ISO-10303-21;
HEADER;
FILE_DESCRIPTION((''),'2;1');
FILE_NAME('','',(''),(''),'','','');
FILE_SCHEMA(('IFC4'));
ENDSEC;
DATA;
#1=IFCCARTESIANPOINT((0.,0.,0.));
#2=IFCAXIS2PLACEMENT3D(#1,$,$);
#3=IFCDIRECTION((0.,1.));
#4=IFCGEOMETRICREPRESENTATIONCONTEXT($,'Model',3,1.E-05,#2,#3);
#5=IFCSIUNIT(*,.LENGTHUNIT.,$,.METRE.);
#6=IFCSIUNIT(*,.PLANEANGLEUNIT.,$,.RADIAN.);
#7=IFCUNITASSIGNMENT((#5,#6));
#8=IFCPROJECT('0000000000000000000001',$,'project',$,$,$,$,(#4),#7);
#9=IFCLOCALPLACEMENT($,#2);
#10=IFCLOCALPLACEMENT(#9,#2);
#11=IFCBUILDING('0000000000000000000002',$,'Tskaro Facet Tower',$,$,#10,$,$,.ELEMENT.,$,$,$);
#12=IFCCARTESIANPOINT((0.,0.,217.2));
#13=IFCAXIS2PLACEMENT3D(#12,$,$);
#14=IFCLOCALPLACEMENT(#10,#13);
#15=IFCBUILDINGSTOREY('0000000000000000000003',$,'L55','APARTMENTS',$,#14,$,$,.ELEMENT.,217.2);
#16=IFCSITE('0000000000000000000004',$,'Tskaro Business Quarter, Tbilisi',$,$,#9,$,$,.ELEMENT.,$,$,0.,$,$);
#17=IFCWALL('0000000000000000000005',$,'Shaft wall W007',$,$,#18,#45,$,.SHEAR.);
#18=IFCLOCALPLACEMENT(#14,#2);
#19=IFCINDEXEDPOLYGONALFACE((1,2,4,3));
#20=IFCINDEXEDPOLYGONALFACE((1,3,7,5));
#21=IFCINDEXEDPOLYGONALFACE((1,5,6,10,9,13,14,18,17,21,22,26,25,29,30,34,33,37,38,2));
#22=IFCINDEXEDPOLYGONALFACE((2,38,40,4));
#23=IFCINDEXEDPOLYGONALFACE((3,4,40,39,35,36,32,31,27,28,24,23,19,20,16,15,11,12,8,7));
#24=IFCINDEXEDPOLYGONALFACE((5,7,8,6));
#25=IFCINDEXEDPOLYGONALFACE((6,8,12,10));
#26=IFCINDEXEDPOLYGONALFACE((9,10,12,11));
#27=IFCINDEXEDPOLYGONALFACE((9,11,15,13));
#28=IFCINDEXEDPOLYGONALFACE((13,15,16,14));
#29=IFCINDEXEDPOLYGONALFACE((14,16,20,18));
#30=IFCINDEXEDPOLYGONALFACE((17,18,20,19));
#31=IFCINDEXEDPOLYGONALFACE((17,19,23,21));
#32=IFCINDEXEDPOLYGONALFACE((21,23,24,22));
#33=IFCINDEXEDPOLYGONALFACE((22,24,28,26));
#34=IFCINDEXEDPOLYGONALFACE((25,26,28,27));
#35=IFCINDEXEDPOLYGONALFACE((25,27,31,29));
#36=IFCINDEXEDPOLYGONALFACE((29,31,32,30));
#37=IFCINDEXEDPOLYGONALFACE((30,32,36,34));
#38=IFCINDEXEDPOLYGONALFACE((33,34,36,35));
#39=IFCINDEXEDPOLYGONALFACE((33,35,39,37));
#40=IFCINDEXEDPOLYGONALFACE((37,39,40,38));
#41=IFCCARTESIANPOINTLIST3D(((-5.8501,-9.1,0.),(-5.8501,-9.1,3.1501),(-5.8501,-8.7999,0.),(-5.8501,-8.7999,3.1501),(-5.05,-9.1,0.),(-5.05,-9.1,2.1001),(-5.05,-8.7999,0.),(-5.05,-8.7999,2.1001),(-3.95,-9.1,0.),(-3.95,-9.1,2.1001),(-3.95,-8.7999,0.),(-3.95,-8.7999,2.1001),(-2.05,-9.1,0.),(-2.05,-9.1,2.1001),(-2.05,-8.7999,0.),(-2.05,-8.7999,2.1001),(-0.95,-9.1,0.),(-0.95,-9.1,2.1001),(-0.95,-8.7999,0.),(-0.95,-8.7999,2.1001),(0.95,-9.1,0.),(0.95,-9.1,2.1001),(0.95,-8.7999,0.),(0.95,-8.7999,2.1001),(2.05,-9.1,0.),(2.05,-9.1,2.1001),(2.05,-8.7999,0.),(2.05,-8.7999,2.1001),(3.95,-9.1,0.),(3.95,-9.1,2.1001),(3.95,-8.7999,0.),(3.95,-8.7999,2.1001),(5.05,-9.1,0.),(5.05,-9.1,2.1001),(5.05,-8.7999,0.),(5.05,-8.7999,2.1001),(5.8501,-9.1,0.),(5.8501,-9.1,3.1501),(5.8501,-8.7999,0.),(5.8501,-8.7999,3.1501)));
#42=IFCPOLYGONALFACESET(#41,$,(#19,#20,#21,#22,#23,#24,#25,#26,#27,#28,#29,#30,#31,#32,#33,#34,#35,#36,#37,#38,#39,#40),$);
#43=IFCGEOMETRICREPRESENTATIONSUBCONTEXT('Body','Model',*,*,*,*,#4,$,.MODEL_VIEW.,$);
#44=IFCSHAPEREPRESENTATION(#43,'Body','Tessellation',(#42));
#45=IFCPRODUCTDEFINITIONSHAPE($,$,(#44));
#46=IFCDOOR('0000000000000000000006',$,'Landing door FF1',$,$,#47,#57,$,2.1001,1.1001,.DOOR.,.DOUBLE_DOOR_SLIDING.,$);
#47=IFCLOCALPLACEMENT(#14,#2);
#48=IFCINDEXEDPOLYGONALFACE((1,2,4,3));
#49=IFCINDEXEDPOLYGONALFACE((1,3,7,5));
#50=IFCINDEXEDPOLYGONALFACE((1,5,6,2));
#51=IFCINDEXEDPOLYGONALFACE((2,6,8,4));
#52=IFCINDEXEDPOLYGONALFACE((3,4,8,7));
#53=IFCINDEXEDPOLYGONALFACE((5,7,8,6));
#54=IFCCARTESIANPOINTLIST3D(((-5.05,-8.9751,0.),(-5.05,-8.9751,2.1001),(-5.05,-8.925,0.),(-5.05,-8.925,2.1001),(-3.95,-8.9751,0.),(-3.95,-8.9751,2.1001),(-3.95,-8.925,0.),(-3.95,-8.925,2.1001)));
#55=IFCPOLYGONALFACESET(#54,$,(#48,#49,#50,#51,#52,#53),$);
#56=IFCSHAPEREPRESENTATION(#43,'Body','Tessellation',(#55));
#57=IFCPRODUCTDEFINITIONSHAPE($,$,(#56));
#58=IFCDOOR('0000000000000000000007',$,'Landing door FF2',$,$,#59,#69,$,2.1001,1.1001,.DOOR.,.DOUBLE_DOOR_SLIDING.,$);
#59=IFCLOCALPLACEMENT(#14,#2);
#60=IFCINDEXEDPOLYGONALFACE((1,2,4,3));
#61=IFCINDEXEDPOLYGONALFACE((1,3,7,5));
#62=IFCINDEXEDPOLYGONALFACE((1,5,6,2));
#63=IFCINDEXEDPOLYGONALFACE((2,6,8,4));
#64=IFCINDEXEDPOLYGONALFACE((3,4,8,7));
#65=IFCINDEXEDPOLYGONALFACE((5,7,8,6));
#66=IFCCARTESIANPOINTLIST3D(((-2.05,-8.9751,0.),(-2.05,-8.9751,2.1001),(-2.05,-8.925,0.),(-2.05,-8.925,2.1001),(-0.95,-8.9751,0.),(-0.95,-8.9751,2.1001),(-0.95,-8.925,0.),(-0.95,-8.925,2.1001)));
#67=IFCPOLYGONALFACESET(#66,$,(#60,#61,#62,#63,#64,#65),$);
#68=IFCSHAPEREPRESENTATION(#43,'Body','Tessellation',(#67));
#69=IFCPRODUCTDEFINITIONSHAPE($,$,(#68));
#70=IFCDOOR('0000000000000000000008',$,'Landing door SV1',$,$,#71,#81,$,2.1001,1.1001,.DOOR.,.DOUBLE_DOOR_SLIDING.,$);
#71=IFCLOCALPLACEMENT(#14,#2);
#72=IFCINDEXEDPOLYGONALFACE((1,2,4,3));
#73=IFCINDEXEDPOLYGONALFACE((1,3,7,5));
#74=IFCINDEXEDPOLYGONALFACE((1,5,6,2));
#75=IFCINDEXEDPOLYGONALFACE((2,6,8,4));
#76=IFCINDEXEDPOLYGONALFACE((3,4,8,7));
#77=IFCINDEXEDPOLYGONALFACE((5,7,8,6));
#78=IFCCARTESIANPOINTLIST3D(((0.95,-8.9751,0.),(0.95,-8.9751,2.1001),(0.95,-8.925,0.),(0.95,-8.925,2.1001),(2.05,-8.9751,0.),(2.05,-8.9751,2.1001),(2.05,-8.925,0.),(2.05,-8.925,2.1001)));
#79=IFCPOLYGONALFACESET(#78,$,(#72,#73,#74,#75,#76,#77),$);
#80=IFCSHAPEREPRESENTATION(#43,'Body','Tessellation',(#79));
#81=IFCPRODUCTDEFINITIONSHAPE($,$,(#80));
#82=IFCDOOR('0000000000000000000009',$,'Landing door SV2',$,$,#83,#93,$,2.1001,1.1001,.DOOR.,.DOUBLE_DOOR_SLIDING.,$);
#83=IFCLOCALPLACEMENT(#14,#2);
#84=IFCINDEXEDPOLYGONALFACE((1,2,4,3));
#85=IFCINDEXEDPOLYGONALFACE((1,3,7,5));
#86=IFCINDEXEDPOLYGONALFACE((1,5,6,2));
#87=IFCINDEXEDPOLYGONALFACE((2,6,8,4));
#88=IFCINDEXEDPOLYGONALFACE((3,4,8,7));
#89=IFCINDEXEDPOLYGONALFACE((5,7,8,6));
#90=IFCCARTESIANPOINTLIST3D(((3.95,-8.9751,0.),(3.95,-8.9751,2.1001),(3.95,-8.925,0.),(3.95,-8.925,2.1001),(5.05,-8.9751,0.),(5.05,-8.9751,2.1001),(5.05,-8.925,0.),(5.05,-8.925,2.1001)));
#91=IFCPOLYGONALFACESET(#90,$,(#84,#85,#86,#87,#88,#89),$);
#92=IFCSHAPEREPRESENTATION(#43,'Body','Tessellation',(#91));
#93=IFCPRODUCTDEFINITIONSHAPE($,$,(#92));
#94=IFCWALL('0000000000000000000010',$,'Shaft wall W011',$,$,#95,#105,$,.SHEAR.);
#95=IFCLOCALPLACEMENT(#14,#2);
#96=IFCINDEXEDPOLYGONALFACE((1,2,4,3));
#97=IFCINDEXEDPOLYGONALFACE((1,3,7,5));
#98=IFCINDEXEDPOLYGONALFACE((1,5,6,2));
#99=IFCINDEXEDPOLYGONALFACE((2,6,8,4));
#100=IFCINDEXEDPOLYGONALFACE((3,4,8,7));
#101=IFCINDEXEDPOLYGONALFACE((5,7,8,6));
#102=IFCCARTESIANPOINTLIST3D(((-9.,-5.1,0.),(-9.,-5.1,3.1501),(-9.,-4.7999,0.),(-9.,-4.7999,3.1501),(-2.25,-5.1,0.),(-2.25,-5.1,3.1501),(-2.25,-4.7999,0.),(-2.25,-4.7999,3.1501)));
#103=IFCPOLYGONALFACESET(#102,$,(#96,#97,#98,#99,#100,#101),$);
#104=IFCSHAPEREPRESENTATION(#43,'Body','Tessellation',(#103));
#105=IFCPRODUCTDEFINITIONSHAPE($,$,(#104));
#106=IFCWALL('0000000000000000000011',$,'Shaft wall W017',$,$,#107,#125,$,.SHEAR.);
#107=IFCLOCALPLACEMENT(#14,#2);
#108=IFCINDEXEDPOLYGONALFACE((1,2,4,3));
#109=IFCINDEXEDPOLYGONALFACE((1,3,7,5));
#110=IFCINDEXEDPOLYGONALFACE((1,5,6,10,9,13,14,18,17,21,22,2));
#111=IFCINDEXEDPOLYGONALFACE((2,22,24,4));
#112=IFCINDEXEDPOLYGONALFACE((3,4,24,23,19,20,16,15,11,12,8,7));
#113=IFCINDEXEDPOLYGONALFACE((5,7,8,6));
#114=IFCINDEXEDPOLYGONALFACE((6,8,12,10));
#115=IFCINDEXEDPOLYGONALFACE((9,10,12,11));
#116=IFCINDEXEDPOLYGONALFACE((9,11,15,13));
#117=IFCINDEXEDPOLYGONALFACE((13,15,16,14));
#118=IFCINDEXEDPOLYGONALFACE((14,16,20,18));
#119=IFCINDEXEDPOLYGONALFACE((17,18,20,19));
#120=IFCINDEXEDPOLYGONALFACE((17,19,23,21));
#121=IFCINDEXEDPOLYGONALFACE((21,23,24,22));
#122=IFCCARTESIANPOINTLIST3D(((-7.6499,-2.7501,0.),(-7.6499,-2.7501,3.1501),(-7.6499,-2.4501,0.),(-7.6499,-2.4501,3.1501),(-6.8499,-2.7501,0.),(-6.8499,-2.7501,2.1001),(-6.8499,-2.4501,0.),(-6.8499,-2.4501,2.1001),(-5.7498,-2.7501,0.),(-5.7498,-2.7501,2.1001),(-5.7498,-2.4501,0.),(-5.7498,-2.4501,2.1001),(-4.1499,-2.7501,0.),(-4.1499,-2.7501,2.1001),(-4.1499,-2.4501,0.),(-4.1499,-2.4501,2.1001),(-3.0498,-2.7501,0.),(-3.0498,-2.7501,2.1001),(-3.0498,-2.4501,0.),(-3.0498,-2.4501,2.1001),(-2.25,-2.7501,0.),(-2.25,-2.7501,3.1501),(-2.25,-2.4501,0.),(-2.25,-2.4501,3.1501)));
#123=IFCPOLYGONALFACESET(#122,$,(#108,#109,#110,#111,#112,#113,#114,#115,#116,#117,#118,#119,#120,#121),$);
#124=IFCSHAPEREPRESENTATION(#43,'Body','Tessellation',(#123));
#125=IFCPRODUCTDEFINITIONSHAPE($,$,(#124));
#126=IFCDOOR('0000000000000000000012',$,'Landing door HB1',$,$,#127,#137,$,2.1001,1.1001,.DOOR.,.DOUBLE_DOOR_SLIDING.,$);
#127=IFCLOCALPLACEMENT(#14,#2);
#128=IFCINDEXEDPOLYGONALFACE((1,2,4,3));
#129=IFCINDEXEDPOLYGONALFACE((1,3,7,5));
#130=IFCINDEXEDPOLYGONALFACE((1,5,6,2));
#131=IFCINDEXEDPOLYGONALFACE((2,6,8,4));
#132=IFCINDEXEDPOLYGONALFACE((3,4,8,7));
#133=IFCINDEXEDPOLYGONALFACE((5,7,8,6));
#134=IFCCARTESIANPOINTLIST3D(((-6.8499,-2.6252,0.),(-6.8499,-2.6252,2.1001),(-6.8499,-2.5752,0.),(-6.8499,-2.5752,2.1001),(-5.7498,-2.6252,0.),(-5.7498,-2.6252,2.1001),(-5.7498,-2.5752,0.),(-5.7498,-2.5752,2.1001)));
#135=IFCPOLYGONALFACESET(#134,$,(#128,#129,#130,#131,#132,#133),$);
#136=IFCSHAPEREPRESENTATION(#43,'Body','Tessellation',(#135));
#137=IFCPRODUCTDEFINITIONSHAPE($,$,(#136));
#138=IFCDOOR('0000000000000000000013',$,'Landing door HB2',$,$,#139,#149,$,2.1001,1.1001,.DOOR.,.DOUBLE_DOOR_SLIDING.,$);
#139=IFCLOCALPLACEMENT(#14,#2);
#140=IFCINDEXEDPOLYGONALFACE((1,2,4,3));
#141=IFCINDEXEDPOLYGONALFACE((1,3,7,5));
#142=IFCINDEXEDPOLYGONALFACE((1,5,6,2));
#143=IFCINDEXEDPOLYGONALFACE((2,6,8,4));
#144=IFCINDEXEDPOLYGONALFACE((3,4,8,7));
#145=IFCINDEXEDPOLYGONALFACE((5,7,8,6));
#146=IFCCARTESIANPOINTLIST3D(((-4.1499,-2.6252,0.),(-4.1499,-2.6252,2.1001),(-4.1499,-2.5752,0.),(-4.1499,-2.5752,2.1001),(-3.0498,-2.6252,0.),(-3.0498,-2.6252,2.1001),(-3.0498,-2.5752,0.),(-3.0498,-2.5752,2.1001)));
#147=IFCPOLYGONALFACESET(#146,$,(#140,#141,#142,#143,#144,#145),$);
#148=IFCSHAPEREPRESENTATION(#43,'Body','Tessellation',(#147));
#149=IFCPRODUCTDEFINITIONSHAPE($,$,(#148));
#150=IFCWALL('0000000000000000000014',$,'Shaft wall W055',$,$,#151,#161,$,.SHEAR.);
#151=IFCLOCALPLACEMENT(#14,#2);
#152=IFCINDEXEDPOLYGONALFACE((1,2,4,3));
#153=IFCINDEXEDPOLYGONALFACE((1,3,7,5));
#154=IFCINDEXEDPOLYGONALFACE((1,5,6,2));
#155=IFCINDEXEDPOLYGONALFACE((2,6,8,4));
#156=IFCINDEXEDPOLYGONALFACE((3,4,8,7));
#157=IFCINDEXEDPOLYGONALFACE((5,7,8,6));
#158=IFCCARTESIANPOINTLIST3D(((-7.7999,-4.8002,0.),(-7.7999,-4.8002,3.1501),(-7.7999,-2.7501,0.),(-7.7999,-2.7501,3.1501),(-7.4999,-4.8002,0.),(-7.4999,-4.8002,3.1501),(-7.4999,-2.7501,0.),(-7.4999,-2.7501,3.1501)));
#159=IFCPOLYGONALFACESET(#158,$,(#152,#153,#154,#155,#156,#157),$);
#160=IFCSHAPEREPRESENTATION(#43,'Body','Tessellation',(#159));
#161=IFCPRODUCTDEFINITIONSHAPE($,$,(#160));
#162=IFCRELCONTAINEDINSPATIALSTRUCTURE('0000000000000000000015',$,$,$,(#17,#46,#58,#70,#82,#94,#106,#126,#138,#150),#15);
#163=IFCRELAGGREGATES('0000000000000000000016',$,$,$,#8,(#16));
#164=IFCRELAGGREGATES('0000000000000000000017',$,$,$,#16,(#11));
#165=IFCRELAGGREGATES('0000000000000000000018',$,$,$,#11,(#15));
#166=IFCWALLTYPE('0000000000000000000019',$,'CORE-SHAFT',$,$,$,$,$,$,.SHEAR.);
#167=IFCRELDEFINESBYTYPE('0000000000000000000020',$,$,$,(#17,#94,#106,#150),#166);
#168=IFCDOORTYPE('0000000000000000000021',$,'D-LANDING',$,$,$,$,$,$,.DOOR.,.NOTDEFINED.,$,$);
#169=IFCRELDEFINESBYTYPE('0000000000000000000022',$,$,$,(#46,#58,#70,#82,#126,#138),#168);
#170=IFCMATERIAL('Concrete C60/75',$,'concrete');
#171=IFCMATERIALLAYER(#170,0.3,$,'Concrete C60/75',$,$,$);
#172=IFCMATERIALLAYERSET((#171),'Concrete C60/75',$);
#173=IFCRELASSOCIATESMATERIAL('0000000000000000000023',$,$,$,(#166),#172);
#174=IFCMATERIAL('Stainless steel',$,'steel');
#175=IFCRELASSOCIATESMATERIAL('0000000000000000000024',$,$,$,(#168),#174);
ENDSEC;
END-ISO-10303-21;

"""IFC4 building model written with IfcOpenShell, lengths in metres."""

from ifc_helpers import new_model, si_unit, direction, frame, frame_2d, origin, place, context, subcontext, project, spatial, rectangle, extrude, material, layer, layer_set, type_object, element, fill, save


model = new_model("IFC4")

# Units and contexts
model_context = context("Model", 3, precision=1e-05, world=origin(), true_north=direction((0.0, 1.0)))
body_context = subcontext(model_context, "Body", "Model", "MODEL_VIEW")
ifc_project = project(units=[si_unit("LENGTHUNIT", "METRE"), si_unit("PLANEANGLEUNIT", "RADIAN")], contexts=[model_context])

# Site, building, storey
site_placement = place(None, origin())
site = spatial("IfcSite", under=ifc_project, at=site_placement, Name="Tskaro Business Quarter, Tbilisi", CompositionType="ELEMENT", RefElevation=0.0)
building_placement = place(site_placement, origin())
building = spatial("IfcBuilding", under=site, at=building_placement, Name="Tskaro Facet Tower", CompositionType="ELEMENT")
storey_placement = place(building_placement, frame((0.0, 0.0, 217.2)))
storey = spatial("IfcBuildingStorey", under=building, at=storey_placement, Name="L55", Description="APARTMENTS", CompositionType="ELEMENT", Elevation=217.2)

# Wall, openings, doors
ifc_material_1 = material(Name="Concrete C60/75", Category="concrete")
ifc_layer_1 = layer(ifc_material_1, 0.3, Name="Concrete C60/75")
ifc_layer_set_1 = layer_set([ifc_layer_1], Name="Concrete C60/75")
wall_type_1 = type_object("IfcWallType", Name="CORE-SHAFT", PredefinedType="SHEAR", material=ifc_layer_set_1)
wall_1_placement = place(storey_placement, frame((-5.8501, -8.95, 0.0), z_axis=(0.0, 0.0, 1.0), x_axis=(1.0, 0.0, 0.0)))
wall_1 = element("IfcWall", 1, at=wall_1_placement, inside=storey, type_object=wall_type_1, Name="Shaft wall W007", PredefinedType="SHEAR", context=body_context, shape_type="SweptSolid", body=[
    extrude(rectangle(XDim=11.7002, YDim=0.3, at=frame_2d((5.8501, 0.0))), origin(), (0.0, 0.0, 1.0), 3.1501),
])
opening_1_placement = place(wall_1_placement, frame((0.8, 0.0, 0.0)))
opening_1 = element("IfcOpeningElement", 2, at=opening_1_placement, cuts=wall_1, PredefinedType="OPENING", context=body_context, shape_type="SweptSolid", body=[
    extrude(rectangle(XDim=1.1001, YDim=2.1001, at=frame_2d((0.55, 1.05))), frame((0.0, 0.1599, 0.0), z_axis=(0.0, -1.0, 0.0), x_axis=(1.0, 0.0, 0.0)), (0.0, 0.0, 1.0), 0.3201),
])
opening_2_placement = place(wall_1_placement, frame((3.8, 0.0, 0.0)))
opening_2 = element("IfcOpeningElement", 3, at=opening_2_placement, cuts=wall_1, PredefinedType="OPENING", context=body_context, shape_type="SweptSolid", body=[
    extrude(rectangle(XDim=1.1001, YDim=2.1001, at=frame_2d((0.55, 1.05))), frame((0.0, 0.1599, 0.0), z_axis=(0.0, -1.0, 0.0), x_axis=(1.0, 0.0, 0.0)), (0.0, 0.0, 1.0), 0.3201),
])
opening_3_placement = place(wall_1_placement, frame((6.8, 0.0, 0.0)))
opening_3 = element("IfcOpeningElement", 4, at=opening_3_placement, cuts=wall_1, PredefinedType="OPENING", context=body_context, shape_type="SweptSolid", body=[
    extrude(rectangle(XDim=1.1001, YDim=2.1001, at=frame_2d((0.55, 1.05))), frame((0.0, 0.1599, 0.0), z_axis=(0.0, -1.0, 0.0), x_axis=(1.0, 0.0, 0.0)), (0.0, 0.0, 1.0), 0.3201),
])
opening_4_placement = place(wall_1_placement, frame((9.8, 0.0, 0.0)))
opening_4 = element("IfcOpeningElement", 5, at=opening_4_placement, cuts=wall_1, PredefinedType="OPENING", context=body_context, shape_type="SweptSolid", body=[
    extrude(rectangle(XDim=1.1001, YDim=2.1001, at=frame_2d((0.55, 1.05))), frame((0.0, 0.1599, 0.0), z_axis=(0.0, -1.0, 0.0), x_axis=(1.0, 0.0, 0.0)), (0.0, 0.0, 1.0), 0.3201),
])
ifc_material_2 = material(Name="Stainless steel", Category="steel")
door_type_1 = type_object("IfcDoorType", Name="D-LANDING", OperationType="NOTDEFINED", PredefinedType="DOOR", material=ifc_material_2)
door_1_placement = place(opening_1_placement, origin())
door_1 = element("IfcDoor", 6, at=door_1_placement, inside=storey, type_object=door_type_1, Name="Landing door FF1", OperationType="DOUBLE_DOOR_SLIDING", OverallHeight=2.1001, OverallWidth=1.1001, PredefinedType="DOOR", context=body_context, shape_type="SweptSolid", body=[
    extrude(rectangle(XDim=1.1001, YDim=2.1001, at=frame_2d((0.55, 1.05))), frame((0.0, 0.0249, 0.0), z_axis=(0.0, -1.0, 0.0), x_axis=(1.0, 0.0, 0.0)), (0.0, 0.0, 1.0), 0.05),
])
fill(opening_1, door_1)
door_2_placement = place(opening_2_placement, origin())
door_2 = element("IfcDoor", 7, at=door_2_placement, inside=storey, type_object=door_type_1, Name="Landing door FF2", OperationType="DOUBLE_DOOR_SLIDING", OverallHeight=2.1001, OverallWidth=1.1001, PredefinedType="DOOR", context=body_context, shape_type="SweptSolid", body=[
    extrude(rectangle(XDim=1.1001, YDim=2.1001, at=frame_2d((0.55, 1.05))), frame((0.0, 0.0249, 0.0), z_axis=(0.0, -1.0, 0.0), x_axis=(1.0, 0.0, 0.0)), (0.0, 0.0, 1.0), 0.05),
])
fill(opening_2, door_2)
door_3_placement = place(opening_3_placement, origin())
door_3 = element("IfcDoor", 8, at=door_3_placement, inside=storey, type_object=door_type_1, Name="Landing door SV1", OperationType="DOUBLE_DOOR_SLIDING", OverallHeight=2.1001, OverallWidth=1.1001, PredefinedType="DOOR", context=body_context, shape_type="SweptSolid", body=[
    extrude(rectangle(XDim=1.1001, YDim=2.1001, at=frame_2d((0.55, 1.05))), frame((0.0, 0.0249, 0.0), z_axis=(0.0, -1.0, 0.0), x_axis=(1.0, 0.0, 0.0)), (0.0, 0.0, 1.0), 0.05),
])
fill(opening_3, door_3)
door_4_placement = place(opening_4_placement, origin())
door_4 = element("IfcDoor", 9, at=door_4_placement, inside=storey, type_object=door_type_1, Name="Landing door SV2", OperationType="DOUBLE_DOOR_SLIDING", OverallHeight=2.1001, OverallWidth=1.1001, PredefinedType="DOOR", context=body_context, shape_type="SweptSolid", body=[
    extrude(rectangle(XDim=1.1001, YDim=2.1001, at=frame_2d((0.55, 1.05))), frame((0.0, 0.0249, 0.0), z_axis=(0.0, -1.0, 0.0), x_axis=(1.0, 0.0, 0.0)), (0.0, 0.0, 1.0), 0.05),
])
fill(opening_4, door_4)

# Wall
wall_2_placement = place(storey_placement, frame((-9.0, -4.95, 0.0), z_axis=(0.0, 0.0, 1.0), x_axis=(1.0, 0.0, 0.0)))
element("IfcWall", 10, at=wall_2_placement, inside=storey, type_object=wall_type_1, Name="Shaft wall W011", PredefinedType="SHEAR", context=body_context, shape_type="SweptSolid", body=[
    extrude(rectangle(XDim=6.75, YDim=0.3, at=frame_2d((3.375, 0.0))), origin(), (0.0, 0.0, 1.0), 3.1501),
])

# Wall, openings, doors
wall_3_placement = place(storey_placement, frame((-7.6499, -2.6001, 0.0), z_axis=(0.0, 0.0, 1.0), x_axis=(1.0, 0.0, 0.0)))
wall_3 = element("IfcWall", 11, at=wall_3_placement, inside=storey, type_object=wall_type_1, Name="Shaft wall W017", PredefinedType="SHEAR", context=body_context, shape_type="SweptSolid", body=[
    extrude(rectangle(XDim=5.3999, YDim=0.3, at=frame_2d((2.7, 0.0))), origin(), (0.0, 0.0, 1.0), 3.1501),
])
opening_5_placement = place(wall_3_placement, frame((0.8, 0.0, 0.0)))
opening_5 = element("IfcOpeningElement", 12, at=opening_5_placement, cuts=wall_3, PredefinedType="OPENING", context=body_context, shape_type="SweptSolid", body=[
    extrude(rectangle(XDim=1.1001, YDim=2.1001, at=frame_2d((0.55, 1.05))), frame((0.0, 0.1599, 0.0), z_axis=(0.0, -1.0, 0.0), x_axis=(1.0, 0.0, 0.0)), (0.0, 0.0, 1.0), 0.3201),
])
opening_6_placement = place(wall_3_placement, frame((3.5, 0.0, 0.0)))
opening_6 = element("IfcOpeningElement", 13, at=opening_6_placement, cuts=wall_3, PredefinedType="OPENING", context=body_context, shape_type="SweptSolid", body=[
    extrude(rectangle(XDim=1.1001, YDim=2.1001, at=frame_2d((0.55, 1.05))), frame((0.0, 0.1599, 0.0), z_axis=(0.0, -1.0, 0.0), x_axis=(1.0, 0.0, 0.0)), (0.0, 0.0, 1.0), 0.3201),
])
door_5_placement = place(opening_5_placement, origin())
door_5 = element("IfcDoor", 14, at=door_5_placement, inside=storey, type_object=door_type_1, Name="Landing door HB1", OperationType="DOUBLE_DOOR_SLIDING", OverallHeight=2.1001, OverallWidth=1.1001, PredefinedType="DOOR", context=body_context, shape_type="SweptSolid", body=[
    extrude(rectangle(XDim=1.1001, YDim=2.1001, at=frame_2d((0.55, 1.05))), frame((0.0, 0.0249, 0.0), z_axis=(0.0, -1.0, 0.0), x_axis=(1.0, 0.0, 0.0)), (0.0, 0.0, 1.0), 0.05),
])
fill(opening_5, door_5)
door_6_placement = place(opening_6_placement, origin())
door_6 = element("IfcDoor", 15, at=door_6_placement, inside=storey, type_object=door_type_1, Name="Landing door HB2", OperationType="DOUBLE_DOOR_SLIDING", OverallHeight=2.1001, OverallWidth=1.1001, PredefinedType="DOOR", context=body_context, shape_type="SweptSolid", body=[
    extrude(rectangle(XDim=1.1001, YDim=2.1001, at=frame_2d((0.55, 1.05))), frame((0.0, 0.0249, 0.0), z_axis=(0.0, -1.0, 0.0), x_axis=(1.0, 0.0, 0.0)), (0.0, 0.0, 1.0), 0.05),
])
fill(opening_6, door_6)

# Wall
wall_4_placement = place(storey_placement, frame((-7.6499, -4.8, 0.0), z_axis=(0.0, 0.0, 1.0), x_axis=(0.0, 1.0, 0.0)))
element("IfcWall", 16, at=wall_4_placement, inside=storey, type_object=wall_type_1, Name="Shaft wall W055", PredefinedType="SHEAR", context=body_context, shape_type="SweptSolid", body=[
    extrude(rectangle(XDim=2.05, YDim=0.3, at=frame_2d((1.0249, 0.0))), origin(), (0.0, 0.0, 1.0), 3.1501),
])

save(model, "model.ifc")
